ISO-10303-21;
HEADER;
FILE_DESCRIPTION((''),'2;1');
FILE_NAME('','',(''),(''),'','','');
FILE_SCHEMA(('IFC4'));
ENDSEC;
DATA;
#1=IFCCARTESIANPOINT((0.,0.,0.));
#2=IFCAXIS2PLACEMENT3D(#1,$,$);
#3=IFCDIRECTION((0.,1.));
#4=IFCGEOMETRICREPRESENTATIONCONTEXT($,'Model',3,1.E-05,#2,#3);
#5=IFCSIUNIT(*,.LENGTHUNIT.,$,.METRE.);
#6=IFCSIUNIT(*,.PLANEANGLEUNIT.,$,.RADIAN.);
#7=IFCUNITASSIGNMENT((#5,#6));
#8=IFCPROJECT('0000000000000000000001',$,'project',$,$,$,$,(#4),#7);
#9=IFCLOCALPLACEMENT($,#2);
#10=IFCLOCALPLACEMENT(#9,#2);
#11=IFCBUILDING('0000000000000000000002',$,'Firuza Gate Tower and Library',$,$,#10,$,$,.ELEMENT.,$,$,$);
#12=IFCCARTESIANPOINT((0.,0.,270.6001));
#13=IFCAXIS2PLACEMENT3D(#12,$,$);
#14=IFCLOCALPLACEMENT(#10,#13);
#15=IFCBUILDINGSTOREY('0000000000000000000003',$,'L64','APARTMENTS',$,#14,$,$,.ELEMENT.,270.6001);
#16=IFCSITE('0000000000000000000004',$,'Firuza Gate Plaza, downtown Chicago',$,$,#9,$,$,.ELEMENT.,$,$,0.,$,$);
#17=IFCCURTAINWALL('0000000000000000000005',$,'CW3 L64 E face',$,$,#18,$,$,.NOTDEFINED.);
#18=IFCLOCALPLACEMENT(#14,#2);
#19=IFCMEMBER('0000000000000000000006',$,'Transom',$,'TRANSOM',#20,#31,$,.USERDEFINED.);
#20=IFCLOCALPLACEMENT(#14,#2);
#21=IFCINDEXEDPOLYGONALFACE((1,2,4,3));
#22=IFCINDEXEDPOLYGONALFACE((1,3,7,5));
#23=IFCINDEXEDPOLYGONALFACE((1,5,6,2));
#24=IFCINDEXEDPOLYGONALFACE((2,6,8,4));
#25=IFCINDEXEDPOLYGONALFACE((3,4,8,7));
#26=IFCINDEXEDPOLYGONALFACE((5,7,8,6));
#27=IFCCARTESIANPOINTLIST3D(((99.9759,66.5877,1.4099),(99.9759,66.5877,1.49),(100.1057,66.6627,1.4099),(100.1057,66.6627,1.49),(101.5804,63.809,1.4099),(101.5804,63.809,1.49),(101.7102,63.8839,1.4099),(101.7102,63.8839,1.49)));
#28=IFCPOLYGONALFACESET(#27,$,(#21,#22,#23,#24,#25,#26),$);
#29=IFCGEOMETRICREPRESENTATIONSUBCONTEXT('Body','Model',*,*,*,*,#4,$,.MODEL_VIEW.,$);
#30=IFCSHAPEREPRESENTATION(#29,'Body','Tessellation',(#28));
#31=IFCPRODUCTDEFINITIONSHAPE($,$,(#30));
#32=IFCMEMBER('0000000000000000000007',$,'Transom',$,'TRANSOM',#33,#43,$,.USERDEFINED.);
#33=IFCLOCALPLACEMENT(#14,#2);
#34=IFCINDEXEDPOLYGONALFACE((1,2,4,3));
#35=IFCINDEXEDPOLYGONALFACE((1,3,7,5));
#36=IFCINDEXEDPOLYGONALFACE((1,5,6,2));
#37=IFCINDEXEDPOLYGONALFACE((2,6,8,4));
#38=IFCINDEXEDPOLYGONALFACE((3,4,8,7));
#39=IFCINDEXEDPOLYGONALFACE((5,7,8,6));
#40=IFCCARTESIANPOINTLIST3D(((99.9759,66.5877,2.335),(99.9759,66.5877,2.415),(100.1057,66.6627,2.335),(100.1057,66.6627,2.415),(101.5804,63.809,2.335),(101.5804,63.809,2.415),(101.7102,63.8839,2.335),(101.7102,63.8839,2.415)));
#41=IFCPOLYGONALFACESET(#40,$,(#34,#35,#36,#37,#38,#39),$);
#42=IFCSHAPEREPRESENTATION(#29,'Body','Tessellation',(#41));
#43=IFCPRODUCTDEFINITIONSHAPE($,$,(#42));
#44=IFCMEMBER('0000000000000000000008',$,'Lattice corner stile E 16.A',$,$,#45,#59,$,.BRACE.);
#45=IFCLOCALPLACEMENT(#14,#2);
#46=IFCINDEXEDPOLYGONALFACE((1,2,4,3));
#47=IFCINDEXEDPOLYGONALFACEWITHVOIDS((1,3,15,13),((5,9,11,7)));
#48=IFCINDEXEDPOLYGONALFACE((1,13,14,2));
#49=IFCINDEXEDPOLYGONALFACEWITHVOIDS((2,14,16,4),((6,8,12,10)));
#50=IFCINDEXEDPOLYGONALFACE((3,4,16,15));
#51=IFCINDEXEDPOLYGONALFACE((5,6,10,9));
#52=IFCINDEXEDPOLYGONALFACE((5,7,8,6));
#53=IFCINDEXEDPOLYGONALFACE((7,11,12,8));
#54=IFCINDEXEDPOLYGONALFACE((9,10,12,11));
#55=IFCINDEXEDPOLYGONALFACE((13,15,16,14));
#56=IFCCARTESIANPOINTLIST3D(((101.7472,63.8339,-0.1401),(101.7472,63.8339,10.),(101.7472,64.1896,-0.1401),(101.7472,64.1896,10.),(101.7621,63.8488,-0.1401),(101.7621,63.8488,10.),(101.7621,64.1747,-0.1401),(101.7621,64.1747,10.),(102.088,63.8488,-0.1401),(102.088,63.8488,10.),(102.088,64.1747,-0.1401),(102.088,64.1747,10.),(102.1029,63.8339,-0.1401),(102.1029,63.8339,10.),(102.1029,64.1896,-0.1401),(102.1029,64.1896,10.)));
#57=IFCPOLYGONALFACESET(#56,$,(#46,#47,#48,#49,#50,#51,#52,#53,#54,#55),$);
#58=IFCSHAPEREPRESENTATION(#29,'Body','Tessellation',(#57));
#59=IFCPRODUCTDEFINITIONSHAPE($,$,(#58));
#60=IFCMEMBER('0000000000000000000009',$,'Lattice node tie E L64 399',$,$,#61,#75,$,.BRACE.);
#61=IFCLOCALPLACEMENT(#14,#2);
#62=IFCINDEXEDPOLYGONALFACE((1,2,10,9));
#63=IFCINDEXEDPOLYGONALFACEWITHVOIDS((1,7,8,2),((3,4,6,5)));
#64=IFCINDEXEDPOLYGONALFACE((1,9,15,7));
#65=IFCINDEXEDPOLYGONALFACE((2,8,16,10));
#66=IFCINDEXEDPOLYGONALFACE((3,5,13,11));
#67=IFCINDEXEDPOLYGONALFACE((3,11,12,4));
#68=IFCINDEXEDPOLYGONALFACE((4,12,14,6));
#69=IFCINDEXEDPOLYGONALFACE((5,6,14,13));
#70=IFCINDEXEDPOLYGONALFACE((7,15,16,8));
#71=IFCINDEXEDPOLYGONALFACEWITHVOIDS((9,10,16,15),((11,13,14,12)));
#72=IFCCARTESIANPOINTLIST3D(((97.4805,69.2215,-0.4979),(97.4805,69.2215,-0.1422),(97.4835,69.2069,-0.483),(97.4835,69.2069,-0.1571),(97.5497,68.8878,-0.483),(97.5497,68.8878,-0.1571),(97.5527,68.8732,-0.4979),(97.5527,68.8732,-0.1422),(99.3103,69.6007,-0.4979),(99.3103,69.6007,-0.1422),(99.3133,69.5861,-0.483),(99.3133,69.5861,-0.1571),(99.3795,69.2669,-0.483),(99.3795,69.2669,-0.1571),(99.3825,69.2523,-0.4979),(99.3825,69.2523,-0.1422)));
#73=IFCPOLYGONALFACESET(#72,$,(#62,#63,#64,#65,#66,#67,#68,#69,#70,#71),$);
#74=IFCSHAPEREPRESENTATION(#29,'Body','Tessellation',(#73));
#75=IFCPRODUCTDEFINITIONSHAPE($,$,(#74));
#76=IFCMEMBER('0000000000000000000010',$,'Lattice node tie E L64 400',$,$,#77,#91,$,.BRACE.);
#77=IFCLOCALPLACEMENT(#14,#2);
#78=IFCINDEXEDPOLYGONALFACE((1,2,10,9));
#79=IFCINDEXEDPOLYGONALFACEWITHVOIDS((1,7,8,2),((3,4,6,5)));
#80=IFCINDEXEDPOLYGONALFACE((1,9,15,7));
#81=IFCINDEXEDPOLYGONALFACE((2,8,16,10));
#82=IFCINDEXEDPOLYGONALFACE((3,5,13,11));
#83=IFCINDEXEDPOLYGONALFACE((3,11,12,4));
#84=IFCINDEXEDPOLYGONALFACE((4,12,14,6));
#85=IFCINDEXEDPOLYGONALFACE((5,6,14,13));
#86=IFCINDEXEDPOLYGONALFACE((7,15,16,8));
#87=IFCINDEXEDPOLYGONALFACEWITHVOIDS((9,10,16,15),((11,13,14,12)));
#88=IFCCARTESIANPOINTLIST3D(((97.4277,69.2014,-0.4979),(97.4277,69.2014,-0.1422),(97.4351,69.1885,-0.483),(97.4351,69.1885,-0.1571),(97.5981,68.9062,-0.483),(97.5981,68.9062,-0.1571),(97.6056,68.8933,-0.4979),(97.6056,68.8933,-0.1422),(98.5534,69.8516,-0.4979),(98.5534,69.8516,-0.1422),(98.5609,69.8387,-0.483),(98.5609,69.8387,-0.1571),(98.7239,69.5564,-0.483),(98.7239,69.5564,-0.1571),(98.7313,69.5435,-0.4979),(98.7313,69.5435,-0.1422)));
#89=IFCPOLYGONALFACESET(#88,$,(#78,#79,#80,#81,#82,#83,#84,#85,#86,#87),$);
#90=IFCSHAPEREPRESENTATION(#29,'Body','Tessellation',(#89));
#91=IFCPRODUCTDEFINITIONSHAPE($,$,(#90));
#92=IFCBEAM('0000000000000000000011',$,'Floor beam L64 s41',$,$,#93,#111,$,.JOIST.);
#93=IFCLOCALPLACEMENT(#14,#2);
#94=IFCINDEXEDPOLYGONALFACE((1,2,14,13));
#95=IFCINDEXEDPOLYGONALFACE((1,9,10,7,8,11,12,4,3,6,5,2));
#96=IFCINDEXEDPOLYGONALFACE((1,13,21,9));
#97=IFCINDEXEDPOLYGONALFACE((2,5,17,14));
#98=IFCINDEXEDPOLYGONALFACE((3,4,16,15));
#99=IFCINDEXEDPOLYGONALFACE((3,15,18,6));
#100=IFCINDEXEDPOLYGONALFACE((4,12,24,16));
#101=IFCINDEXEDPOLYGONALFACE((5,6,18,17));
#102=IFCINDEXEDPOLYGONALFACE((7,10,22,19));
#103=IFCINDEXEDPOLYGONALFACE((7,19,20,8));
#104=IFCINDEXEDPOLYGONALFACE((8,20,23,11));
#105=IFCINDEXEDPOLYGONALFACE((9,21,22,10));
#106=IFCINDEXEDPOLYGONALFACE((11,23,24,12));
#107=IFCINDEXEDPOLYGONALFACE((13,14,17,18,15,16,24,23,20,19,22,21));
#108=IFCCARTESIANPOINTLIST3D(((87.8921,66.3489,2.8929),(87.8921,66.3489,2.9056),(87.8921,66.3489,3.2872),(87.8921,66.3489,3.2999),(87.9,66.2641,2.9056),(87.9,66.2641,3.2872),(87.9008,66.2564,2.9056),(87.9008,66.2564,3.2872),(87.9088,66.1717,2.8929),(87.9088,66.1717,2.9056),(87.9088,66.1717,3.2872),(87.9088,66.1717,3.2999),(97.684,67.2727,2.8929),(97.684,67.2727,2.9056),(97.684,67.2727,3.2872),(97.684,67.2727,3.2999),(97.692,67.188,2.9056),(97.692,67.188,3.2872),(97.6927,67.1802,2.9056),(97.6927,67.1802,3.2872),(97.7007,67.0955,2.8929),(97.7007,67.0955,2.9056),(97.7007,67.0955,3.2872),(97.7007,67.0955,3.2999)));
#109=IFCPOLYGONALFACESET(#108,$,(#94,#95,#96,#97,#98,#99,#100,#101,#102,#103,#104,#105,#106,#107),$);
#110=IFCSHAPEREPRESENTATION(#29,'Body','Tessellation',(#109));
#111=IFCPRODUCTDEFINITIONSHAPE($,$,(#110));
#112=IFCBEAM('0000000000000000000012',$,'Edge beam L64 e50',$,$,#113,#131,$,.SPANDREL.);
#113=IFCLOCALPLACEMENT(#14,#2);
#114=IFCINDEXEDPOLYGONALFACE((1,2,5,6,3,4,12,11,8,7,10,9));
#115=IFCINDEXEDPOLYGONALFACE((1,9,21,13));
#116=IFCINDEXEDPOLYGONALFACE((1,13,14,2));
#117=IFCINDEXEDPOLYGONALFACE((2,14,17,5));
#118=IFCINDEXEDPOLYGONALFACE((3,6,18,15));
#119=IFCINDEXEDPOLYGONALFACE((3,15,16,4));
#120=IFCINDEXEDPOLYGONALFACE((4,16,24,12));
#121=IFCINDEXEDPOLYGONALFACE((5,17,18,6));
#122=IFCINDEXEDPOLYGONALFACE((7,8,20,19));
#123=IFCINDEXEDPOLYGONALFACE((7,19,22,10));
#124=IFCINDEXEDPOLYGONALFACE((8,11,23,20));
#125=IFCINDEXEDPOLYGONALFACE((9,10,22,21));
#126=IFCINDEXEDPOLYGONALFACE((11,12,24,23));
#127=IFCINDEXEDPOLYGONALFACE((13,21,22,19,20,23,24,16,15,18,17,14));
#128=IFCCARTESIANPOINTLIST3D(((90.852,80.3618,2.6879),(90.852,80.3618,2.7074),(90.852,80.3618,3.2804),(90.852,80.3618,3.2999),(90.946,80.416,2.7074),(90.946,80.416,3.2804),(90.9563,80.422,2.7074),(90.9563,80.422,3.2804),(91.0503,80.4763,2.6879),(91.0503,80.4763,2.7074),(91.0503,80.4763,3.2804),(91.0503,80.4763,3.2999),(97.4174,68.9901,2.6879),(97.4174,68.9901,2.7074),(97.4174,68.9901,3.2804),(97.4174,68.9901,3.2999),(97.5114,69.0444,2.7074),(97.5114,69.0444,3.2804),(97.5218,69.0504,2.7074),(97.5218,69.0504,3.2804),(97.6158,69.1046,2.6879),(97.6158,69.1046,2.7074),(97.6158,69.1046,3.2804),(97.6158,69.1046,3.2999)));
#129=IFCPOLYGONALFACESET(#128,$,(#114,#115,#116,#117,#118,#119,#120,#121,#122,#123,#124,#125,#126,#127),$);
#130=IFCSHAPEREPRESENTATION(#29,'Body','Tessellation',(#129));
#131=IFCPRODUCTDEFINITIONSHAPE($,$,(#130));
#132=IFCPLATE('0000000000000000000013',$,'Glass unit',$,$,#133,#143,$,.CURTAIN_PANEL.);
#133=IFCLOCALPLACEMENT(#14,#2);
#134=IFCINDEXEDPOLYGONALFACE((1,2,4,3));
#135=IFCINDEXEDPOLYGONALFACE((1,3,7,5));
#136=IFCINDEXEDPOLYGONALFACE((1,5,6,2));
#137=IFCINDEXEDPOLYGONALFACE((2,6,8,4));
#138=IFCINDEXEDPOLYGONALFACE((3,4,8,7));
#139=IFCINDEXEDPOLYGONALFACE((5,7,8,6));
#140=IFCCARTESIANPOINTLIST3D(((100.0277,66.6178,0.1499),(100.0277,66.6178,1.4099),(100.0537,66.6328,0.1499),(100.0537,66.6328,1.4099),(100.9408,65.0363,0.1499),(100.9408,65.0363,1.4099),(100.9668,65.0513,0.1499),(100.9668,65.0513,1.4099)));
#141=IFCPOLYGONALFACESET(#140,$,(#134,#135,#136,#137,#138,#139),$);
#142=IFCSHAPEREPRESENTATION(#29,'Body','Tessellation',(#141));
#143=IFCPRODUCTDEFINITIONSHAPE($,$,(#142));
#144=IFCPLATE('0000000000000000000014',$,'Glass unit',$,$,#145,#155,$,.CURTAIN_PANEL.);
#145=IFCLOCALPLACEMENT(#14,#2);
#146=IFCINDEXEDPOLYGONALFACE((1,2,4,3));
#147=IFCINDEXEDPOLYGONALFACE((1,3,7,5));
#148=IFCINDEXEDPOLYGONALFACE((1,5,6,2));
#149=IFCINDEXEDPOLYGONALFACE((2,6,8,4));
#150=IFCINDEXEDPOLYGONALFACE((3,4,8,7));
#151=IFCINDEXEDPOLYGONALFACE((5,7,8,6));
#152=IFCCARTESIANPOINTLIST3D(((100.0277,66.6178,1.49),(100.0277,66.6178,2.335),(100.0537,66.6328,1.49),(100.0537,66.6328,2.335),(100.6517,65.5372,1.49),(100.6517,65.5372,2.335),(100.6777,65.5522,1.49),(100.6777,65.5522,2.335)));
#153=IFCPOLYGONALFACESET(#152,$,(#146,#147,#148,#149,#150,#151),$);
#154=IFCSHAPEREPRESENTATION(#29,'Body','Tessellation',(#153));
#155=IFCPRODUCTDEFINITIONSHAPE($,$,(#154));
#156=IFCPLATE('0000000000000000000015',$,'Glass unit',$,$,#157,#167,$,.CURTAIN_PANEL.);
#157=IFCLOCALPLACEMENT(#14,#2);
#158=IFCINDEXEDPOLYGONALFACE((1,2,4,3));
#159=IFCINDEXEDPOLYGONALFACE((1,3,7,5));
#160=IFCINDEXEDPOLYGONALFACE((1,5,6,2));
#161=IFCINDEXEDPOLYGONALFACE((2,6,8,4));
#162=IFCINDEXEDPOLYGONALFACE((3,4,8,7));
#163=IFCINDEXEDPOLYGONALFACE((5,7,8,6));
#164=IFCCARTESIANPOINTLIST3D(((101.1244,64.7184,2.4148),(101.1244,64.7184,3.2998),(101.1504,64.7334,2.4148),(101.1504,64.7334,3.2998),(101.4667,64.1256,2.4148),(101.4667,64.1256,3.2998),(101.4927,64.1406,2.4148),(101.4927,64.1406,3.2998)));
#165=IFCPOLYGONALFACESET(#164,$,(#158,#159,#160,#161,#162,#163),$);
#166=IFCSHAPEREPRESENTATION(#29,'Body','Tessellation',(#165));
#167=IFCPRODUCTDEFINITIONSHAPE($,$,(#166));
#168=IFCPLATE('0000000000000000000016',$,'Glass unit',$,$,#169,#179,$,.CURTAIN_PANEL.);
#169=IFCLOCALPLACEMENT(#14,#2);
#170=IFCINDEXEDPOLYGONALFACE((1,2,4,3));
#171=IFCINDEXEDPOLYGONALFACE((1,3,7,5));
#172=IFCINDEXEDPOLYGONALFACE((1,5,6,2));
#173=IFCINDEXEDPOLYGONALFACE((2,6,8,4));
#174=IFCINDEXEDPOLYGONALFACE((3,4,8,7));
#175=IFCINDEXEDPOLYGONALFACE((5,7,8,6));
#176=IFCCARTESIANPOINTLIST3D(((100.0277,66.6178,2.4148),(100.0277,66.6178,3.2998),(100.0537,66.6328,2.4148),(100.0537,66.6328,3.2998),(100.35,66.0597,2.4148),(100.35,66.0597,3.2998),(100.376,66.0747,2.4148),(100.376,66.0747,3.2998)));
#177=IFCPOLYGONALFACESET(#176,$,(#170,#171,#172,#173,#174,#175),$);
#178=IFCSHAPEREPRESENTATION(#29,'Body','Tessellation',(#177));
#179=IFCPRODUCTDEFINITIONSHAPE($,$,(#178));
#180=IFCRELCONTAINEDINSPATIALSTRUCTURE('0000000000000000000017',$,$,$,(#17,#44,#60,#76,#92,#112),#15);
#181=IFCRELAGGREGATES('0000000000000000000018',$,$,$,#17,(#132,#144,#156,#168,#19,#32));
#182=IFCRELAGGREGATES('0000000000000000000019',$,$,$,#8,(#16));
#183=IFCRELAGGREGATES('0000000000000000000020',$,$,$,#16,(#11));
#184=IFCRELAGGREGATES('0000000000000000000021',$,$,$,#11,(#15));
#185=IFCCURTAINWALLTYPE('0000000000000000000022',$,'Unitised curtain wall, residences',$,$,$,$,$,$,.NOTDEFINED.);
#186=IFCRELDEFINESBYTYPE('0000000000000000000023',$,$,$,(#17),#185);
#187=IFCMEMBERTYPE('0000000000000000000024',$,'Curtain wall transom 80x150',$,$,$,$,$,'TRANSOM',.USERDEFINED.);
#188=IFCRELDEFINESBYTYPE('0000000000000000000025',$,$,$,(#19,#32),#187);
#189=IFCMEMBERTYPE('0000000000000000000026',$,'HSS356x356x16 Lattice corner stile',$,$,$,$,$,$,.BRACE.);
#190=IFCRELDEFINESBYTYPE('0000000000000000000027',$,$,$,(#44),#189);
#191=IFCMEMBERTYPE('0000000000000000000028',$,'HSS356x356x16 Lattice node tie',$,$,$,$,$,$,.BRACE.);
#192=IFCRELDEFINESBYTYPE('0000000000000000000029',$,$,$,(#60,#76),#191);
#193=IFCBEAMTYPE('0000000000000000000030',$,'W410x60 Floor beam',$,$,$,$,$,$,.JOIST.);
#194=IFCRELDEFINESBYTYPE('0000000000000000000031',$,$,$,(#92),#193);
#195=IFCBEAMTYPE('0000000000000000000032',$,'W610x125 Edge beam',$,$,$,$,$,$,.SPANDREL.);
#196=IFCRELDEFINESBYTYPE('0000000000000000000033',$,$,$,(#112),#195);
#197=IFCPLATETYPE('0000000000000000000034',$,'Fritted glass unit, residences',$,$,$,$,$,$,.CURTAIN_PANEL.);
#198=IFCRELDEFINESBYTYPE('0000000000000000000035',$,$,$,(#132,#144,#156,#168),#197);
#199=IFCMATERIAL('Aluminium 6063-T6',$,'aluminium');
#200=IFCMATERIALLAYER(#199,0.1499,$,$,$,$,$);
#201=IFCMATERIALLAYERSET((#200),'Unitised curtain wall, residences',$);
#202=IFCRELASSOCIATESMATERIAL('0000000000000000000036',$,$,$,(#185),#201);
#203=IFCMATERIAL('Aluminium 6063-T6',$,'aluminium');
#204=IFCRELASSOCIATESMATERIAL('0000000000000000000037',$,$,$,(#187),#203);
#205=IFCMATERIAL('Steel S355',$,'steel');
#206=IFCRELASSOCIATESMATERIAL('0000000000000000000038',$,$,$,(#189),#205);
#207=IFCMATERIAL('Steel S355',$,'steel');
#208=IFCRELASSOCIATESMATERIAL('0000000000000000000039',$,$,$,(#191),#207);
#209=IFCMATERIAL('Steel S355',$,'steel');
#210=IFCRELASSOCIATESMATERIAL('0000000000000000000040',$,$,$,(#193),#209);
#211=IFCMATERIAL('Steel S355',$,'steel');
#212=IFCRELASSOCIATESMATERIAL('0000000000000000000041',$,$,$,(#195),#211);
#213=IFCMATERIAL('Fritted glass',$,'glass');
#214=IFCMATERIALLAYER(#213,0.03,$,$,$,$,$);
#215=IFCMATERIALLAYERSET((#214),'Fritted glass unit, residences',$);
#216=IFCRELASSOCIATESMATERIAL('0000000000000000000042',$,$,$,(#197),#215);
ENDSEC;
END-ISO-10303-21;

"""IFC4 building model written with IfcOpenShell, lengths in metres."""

from ifc_helpers import new_model, si_unit, direction, frame, origin, origin_2d, place, context, subcontext, project, spatial, polyline, rectangle, hollow_rectangle, i_section, outline, extrude, material, layer, layer_set, material_profile, profile_set, type_object, element, aggregate, save


model = new_model("IFC4")

# Units and contexts
model_context = context("Model", 3, precision=1e-05, world=origin(), true_north=direction((0.0, 1.0)))
body_context = subcontext(model_context, "Body", "Model", "MODEL_VIEW")
ifc_project = project(units=[si_unit("LENGTHUNIT", "METRE"), si_unit("PLANEANGLEUNIT", "RADIAN")], contexts=[model_context])

# Site, building, storey
site_placement = place(None, origin())
site = spatial("IfcSite", under=ifc_project, at=site_placement, Name="Firuza Gate Plaza, downtown Chicago", CompositionType="ELEMENT", RefElevation=0.0)
building_placement = place(site_placement, origin())
building = spatial("IfcBuilding", under=site, at=building_placement, Name="Firuza Gate Tower and Library", CompositionType="ELEMENT")
storey_placement = place(building_placement, frame((0.0, 0.0, 270.6001)))
storey = spatial("IfcBuildingStorey", under=building, at=storey_placement, Name="L64", Description="APARTMENTS", CompositionType="ELEMENT", Elevation=270.6001)

# Curtain wall, members
ifc_material_1 = material(Name="Aluminium 6063-T6", Category="aluminium")
ifc_layer_1 = layer(ifc_material_1, 0.1499)
ifc_layer_set_1 = layer_set([ifc_layer_1], Name="Unitised curtain wall, residences")
curtain_wall_type = type_object("IfcCurtainWallType", Name="Unitised curtain wall, residences", PredefinedType="NOTDEFINED", material=ifc_layer_set_1)
curtain_wall_placement = place(storey_placement, origin())
curtain_wall = element("IfcCurtainWall", 1, at=curtain_wall_placement, inside=storey, type_object=curtain_wall_type, Name="CW3 L64 E face", PredefinedType="NOTDEFINED")
ifc_material_2 = material(Name="Aluminium 6063-T6", Category="aluminium")
ifc_material_profile_1 = material_profile(ifc_material_2, rectangle(XDim=0.1499, YDim=0.0801, at=origin_2d()))
ifc_profile_set_1 = profile_set([ifc_material_profile_1], Name="Aluminium 6063-T6")
member_type_1 = type_object("IfcMemberType", Name="Curtain wall transom 80x150", ElementType="TRANSOM", PredefinedType="USERDEFINED", material=ifc_profile_set_1)
member_1_placement = place(storey_placement, frame((101.6453, 63.8464, 1.45), z_axis=(-0.500034, 0.866006, 0.0), x_axis=(-0.866006, -0.500034, 0.0)))
member_1 = element("IfcMember", 2, at=member_1_placement, type_object=member_type_1, Name="Transom", ObjectType="TRANSOM", PredefinedType="USERDEFINED", context=body_context, shape_type="SweptSolid", body=[
    extrude(rectangle(XDim=0.1499, YDim=0.0801, at=origin_2d()), origin(), (0.0, 0.0, 1.0), 3.2087),
])
member_2_placement = place(storey_placement, frame((101.6453, 63.8464, 2.375), z_axis=(-0.500034, 0.866006, 0.0), x_axis=(-0.866006, -0.500034, 0.0)))
member_2 = element("IfcMember", 3, at=member_2_placement, type_object=member_type_1, Name="Transom", ObjectType="TRANSOM", PredefinedType="USERDEFINED", context=body_context, shape_type="SweptSolid", body=[
    extrude(rectangle(XDim=0.1499, YDim=0.0801, at=origin_2d()), origin(), (0.0, 0.0, 1.0), 3.2087),
])

# Members
ifc_material_3 = material(Name="Steel S355", Category="steel")
ifc_material_profile_2 = material_profile(ifc_material_3, hollow_rectangle(XDim=0.3557, YDim=0.3557, WallThickness=0.0149, at=origin_2d()))
ifc_profile_set_2 = profile_set([ifc_material_profile_2], Name="Steel S355")
member_type_2 = type_object("IfcMemberType", Name="HSS356x356x16 Lattice corner stile", PredefinedType="BRACE", material=ifc_profile_set_2)
member_3_placement = place(storey_placement, frame((101.925, 64.0117, -0.1401), z_axis=(0.0, 0.0, 1.0), x_axis=(1.0, 0.0, 0.0)))
element("IfcMember", 4, at=member_3_placement, inside=storey, type_object=member_type_2, Name="Lattice corner stile E 16.A", PredefinedType="BRACE", context=body_context, shape_type="SweptSolid", body=[
    extrude(hollow_rectangle(XDim=0.3557, YDim=0.3557, WallThickness=0.0149, at=origin_2d()), origin(), (0.0, 0.0, 1.0), 10.1401),
])
ifc_material_4 = material(Name="Steel S355", Category="steel")
ifc_material_profile_3 = material_profile(ifc_material_4, hollow_rectangle(XDim=0.3557, YDim=0.3557, WallThickness=0.0149, at=origin_2d()))
ifc_profile_set_3 = profile_set([ifc_material_profile_3], Name="Steel S355")
member_type_3 = type_object("IfcMemberType", Name="HSS356x356x16 Lattice node tie", PredefinedType="BRACE", material=ifc_profile_set_3)
member_4_placement = place(storey_placement, frame((97.5166, 69.0474, -0.3201), z_axis=(0.9792, 0.202895, 0.0), x_axis=(-0.202895, 0.9792, 0.0)))
element("IfcMember", 5, at=member_4_placement, inside=storey, type_object=member_type_3, Name="Lattice node tie E L64 399", PredefinedType="BRACE", context=body_context, shape_type="SweptSolid", body=[
    extrude(hollow_rectangle(XDim=0.3557, YDim=0.3557, WallThickness=0.0149, at=origin_2d()), origin(), (0.0, 0.0, 1.0), 1.8687),
])
member_5_placement = place(storey_placement, frame((97.5166, 69.0474, -0.3201), z_axis=(0.865957, 0.500118, 0.0), x_axis=(-0.500118, 0.865957, 0.0)))
element("IfcMember", 6, at=member_5_placement, inside=storey, type_object=member_type_3, Name="Lattice node tie E L64 400", PredefinedType="BRACE", context=body_context, shape_type="SweptSolid", body=[
    extrude(hollow_rectangle(XDim=0.3557, YDim=0.3557, WallThickness=0.0149, at=origin_2d()), origin(), (0.0, 0.0, 1.0), 1.3),
])

# Beams
ifc_material_5 = material(Name="Steel S355", Category="steel")
ifc_material_profile_4 = material_profile(ifc_material_5, i_section(OverallWidth=0.178, OverallDepth=0.407, WebThickness=0.0078, FlangeThickness=0.0127, at=origin_2d()))
ifc_profile_set_4 = profile_set([ifc_material_profile_4], Name="Steel S355")
beam_type_1 = type_object("IfcBeamType", Name="W410x60 Floor beam", PredefinedType="JOIST", material=ifc_profile_set_4)
beam_1_placement = place(storey_placement, frame((97.6924, 67.1841, 3.0964), z_axis=(-0.995579, -0.093928, 0.0), x_axis=(0.093928, -0.995579, 0.0)))
element("IfcBeam", 7, at=beam_1_placement, inside=storey, type_object=beam_type_1, Name="Floor beam L64 s41", PredefinedType="JOIST", context=body_context, shape_type="SweptSolid", body=[
    extrude(i_section(OverallWidth=0.178, OverallDepth=0.407, WebThickness=0.0078, FlangeThickness=0.0127, at=origin_2d()), origin(), (0.0, 0.0, 1.0), 9.8354),
])
ifc_material_6 = material(Name="Steel S355", Category="steel")
ifc_material_profile_5 = material_profile(ifc_material_6, i_section(OverallWidth=0.229, OverallDepth=0.6121, WebThickness=0.012, FlangeThickness=0.0195, at=origin_2d()))
ifc_profile_set_5 = profile_set([ifc_material_profile_5], Name="Steel S355")
beam_type_2 = type_object("IfcBeamType", Name="W610x125 Edge beam", PredefinedType="SPANDREL", material=ifc_profile_set_5)
beam_2_placement = place(storey_placement, frame((97.5166, 69.0474, 2.9939), z_axis=(-0.500002, 0.866024, 0.0), x_axis=(-0.866024, -0.500002, 0.0)))
element("IfcBeam", 8, at=beam_2_placement, inside=storey, type_object=beam_type_2, Name="Edge beam L64 e50", PredefinedType="SPANDREL", context=body_context, shape_type="SweptSolid", body=[
    extrude(i_section(OverallWidth=0.229, OverallDepth=0.6121, WebThickness=0.012, FlangeThickness=0.0195, at=origin_2d()), origin(), (0.0, 0.0, 1.0), 13.1309),
])

# Plates
ifc_material_7 = material(Name="Fritted glass", Category="glass")
ifc_layer_2 = layer(ifc_material_7, 0.03)
ifc_layer_set_2 = layer_set([ifc_layer_2], Name="Fritted glass unit, residences")
plate_type_1 = type_object("IfcPlateType", Name="Fritted glass unit, residences", PredefinedType="CURTAIN_PANEL", material=ifc_layer_set_2)
plate_1_placement = place(storey_placement, frame((100.9668, 65.0513, 0.1499), z_axis=(0.86603, 0.499992, 0.0), x_axis=(-0.499992, 0.86603, 0.0)))
plate_1 = element("IfcPlate", 9, at=plate_1_placement, type_object=plate_type_1, Name="Glass unit", PredefinedType="CURTAIN_PANEL", context=body_context, shape_type="SweptSolid", body=[
    extrude(outline(polyline([(0.0, 0.0), (1.8262, 0.0), (1.8262, 1.26), (0.0, 1.26), (0.0, 0.0)])), origin(), (0.0, 0.0, -1.0), 0.03),
])
plate_2_placement = place(storey_placement, frame((100.6777, 65.5522, 1.49), z_axis=(0.865971, 0.500095, 0.0), x_axis=(-0.500095, 0.865971, 0.0)))
plate_2 = element("IfcPlate", 10, at=plate_2_placement, type_object=plate_type_1, Name="Glass unit", PredefinedType="CURTAIN_PANEL", context=body_context, shape_type="SweptSolid", body=[
    extrude(outline(polyline([(0.0, 0.0), (1.2478, 0.0), (1.2478, 0.845), (0.0, 0.845), (0.0, 0.0)])), origin(), (0.0, 0.0, -1.0), 0.03),
])
plate_3_placement = place(storey_placement, frame((101.4927, 64.1406, 2.4148), z_axis=(0.865996, 0.500052, 0.0), x_axis=(-0.500052, 0.865996, 0.0)))
plate_3 = element("IfcPlate", 11, at=plate_3_placement, type_object=plate_type_1, Name="Glass unit", PredefinedType="CURTAIN_PANEL", context=body_context, shape_type="SweptSolid", body=[
    extrude(outline(polyline([(0.0, 0.0), (0.6845, 0.0), (0.6845, 0.885), (0.0, 0.885), (0.0, 0.0)])), origin(), (0.0, 0.0, -1.0), 0.03),
])
plate_4_placement = place(storey_placement, frame((100.376, 66.0747, 2.4148), z_axis=(0.865996, 0.50005, 0.0), x_axis=(-0.50005, 0.865996, 0.0)))
plate_4 = element("IfcPlate", 12, at=plate_4_placement, type_object=plate_type_1, Name="Glass unit", PredefinedType="CURTAIN_PANEL", context=body_context, shape_type="SweptSolid", body=[
    extrude(outline(polyline([(0.0, 0.0), (0.6445, 0.0), (0.6445, 0.885), (0.0, 0.885), (0.0, 0.0)])), origin(), (0.0, 0.0, -1.0), 0.03),
])
aggregate(curtain_wall, [plate_1, plate_2, plate_3, plate_4, member_1, member_2])

save(model, "model.ifc")
